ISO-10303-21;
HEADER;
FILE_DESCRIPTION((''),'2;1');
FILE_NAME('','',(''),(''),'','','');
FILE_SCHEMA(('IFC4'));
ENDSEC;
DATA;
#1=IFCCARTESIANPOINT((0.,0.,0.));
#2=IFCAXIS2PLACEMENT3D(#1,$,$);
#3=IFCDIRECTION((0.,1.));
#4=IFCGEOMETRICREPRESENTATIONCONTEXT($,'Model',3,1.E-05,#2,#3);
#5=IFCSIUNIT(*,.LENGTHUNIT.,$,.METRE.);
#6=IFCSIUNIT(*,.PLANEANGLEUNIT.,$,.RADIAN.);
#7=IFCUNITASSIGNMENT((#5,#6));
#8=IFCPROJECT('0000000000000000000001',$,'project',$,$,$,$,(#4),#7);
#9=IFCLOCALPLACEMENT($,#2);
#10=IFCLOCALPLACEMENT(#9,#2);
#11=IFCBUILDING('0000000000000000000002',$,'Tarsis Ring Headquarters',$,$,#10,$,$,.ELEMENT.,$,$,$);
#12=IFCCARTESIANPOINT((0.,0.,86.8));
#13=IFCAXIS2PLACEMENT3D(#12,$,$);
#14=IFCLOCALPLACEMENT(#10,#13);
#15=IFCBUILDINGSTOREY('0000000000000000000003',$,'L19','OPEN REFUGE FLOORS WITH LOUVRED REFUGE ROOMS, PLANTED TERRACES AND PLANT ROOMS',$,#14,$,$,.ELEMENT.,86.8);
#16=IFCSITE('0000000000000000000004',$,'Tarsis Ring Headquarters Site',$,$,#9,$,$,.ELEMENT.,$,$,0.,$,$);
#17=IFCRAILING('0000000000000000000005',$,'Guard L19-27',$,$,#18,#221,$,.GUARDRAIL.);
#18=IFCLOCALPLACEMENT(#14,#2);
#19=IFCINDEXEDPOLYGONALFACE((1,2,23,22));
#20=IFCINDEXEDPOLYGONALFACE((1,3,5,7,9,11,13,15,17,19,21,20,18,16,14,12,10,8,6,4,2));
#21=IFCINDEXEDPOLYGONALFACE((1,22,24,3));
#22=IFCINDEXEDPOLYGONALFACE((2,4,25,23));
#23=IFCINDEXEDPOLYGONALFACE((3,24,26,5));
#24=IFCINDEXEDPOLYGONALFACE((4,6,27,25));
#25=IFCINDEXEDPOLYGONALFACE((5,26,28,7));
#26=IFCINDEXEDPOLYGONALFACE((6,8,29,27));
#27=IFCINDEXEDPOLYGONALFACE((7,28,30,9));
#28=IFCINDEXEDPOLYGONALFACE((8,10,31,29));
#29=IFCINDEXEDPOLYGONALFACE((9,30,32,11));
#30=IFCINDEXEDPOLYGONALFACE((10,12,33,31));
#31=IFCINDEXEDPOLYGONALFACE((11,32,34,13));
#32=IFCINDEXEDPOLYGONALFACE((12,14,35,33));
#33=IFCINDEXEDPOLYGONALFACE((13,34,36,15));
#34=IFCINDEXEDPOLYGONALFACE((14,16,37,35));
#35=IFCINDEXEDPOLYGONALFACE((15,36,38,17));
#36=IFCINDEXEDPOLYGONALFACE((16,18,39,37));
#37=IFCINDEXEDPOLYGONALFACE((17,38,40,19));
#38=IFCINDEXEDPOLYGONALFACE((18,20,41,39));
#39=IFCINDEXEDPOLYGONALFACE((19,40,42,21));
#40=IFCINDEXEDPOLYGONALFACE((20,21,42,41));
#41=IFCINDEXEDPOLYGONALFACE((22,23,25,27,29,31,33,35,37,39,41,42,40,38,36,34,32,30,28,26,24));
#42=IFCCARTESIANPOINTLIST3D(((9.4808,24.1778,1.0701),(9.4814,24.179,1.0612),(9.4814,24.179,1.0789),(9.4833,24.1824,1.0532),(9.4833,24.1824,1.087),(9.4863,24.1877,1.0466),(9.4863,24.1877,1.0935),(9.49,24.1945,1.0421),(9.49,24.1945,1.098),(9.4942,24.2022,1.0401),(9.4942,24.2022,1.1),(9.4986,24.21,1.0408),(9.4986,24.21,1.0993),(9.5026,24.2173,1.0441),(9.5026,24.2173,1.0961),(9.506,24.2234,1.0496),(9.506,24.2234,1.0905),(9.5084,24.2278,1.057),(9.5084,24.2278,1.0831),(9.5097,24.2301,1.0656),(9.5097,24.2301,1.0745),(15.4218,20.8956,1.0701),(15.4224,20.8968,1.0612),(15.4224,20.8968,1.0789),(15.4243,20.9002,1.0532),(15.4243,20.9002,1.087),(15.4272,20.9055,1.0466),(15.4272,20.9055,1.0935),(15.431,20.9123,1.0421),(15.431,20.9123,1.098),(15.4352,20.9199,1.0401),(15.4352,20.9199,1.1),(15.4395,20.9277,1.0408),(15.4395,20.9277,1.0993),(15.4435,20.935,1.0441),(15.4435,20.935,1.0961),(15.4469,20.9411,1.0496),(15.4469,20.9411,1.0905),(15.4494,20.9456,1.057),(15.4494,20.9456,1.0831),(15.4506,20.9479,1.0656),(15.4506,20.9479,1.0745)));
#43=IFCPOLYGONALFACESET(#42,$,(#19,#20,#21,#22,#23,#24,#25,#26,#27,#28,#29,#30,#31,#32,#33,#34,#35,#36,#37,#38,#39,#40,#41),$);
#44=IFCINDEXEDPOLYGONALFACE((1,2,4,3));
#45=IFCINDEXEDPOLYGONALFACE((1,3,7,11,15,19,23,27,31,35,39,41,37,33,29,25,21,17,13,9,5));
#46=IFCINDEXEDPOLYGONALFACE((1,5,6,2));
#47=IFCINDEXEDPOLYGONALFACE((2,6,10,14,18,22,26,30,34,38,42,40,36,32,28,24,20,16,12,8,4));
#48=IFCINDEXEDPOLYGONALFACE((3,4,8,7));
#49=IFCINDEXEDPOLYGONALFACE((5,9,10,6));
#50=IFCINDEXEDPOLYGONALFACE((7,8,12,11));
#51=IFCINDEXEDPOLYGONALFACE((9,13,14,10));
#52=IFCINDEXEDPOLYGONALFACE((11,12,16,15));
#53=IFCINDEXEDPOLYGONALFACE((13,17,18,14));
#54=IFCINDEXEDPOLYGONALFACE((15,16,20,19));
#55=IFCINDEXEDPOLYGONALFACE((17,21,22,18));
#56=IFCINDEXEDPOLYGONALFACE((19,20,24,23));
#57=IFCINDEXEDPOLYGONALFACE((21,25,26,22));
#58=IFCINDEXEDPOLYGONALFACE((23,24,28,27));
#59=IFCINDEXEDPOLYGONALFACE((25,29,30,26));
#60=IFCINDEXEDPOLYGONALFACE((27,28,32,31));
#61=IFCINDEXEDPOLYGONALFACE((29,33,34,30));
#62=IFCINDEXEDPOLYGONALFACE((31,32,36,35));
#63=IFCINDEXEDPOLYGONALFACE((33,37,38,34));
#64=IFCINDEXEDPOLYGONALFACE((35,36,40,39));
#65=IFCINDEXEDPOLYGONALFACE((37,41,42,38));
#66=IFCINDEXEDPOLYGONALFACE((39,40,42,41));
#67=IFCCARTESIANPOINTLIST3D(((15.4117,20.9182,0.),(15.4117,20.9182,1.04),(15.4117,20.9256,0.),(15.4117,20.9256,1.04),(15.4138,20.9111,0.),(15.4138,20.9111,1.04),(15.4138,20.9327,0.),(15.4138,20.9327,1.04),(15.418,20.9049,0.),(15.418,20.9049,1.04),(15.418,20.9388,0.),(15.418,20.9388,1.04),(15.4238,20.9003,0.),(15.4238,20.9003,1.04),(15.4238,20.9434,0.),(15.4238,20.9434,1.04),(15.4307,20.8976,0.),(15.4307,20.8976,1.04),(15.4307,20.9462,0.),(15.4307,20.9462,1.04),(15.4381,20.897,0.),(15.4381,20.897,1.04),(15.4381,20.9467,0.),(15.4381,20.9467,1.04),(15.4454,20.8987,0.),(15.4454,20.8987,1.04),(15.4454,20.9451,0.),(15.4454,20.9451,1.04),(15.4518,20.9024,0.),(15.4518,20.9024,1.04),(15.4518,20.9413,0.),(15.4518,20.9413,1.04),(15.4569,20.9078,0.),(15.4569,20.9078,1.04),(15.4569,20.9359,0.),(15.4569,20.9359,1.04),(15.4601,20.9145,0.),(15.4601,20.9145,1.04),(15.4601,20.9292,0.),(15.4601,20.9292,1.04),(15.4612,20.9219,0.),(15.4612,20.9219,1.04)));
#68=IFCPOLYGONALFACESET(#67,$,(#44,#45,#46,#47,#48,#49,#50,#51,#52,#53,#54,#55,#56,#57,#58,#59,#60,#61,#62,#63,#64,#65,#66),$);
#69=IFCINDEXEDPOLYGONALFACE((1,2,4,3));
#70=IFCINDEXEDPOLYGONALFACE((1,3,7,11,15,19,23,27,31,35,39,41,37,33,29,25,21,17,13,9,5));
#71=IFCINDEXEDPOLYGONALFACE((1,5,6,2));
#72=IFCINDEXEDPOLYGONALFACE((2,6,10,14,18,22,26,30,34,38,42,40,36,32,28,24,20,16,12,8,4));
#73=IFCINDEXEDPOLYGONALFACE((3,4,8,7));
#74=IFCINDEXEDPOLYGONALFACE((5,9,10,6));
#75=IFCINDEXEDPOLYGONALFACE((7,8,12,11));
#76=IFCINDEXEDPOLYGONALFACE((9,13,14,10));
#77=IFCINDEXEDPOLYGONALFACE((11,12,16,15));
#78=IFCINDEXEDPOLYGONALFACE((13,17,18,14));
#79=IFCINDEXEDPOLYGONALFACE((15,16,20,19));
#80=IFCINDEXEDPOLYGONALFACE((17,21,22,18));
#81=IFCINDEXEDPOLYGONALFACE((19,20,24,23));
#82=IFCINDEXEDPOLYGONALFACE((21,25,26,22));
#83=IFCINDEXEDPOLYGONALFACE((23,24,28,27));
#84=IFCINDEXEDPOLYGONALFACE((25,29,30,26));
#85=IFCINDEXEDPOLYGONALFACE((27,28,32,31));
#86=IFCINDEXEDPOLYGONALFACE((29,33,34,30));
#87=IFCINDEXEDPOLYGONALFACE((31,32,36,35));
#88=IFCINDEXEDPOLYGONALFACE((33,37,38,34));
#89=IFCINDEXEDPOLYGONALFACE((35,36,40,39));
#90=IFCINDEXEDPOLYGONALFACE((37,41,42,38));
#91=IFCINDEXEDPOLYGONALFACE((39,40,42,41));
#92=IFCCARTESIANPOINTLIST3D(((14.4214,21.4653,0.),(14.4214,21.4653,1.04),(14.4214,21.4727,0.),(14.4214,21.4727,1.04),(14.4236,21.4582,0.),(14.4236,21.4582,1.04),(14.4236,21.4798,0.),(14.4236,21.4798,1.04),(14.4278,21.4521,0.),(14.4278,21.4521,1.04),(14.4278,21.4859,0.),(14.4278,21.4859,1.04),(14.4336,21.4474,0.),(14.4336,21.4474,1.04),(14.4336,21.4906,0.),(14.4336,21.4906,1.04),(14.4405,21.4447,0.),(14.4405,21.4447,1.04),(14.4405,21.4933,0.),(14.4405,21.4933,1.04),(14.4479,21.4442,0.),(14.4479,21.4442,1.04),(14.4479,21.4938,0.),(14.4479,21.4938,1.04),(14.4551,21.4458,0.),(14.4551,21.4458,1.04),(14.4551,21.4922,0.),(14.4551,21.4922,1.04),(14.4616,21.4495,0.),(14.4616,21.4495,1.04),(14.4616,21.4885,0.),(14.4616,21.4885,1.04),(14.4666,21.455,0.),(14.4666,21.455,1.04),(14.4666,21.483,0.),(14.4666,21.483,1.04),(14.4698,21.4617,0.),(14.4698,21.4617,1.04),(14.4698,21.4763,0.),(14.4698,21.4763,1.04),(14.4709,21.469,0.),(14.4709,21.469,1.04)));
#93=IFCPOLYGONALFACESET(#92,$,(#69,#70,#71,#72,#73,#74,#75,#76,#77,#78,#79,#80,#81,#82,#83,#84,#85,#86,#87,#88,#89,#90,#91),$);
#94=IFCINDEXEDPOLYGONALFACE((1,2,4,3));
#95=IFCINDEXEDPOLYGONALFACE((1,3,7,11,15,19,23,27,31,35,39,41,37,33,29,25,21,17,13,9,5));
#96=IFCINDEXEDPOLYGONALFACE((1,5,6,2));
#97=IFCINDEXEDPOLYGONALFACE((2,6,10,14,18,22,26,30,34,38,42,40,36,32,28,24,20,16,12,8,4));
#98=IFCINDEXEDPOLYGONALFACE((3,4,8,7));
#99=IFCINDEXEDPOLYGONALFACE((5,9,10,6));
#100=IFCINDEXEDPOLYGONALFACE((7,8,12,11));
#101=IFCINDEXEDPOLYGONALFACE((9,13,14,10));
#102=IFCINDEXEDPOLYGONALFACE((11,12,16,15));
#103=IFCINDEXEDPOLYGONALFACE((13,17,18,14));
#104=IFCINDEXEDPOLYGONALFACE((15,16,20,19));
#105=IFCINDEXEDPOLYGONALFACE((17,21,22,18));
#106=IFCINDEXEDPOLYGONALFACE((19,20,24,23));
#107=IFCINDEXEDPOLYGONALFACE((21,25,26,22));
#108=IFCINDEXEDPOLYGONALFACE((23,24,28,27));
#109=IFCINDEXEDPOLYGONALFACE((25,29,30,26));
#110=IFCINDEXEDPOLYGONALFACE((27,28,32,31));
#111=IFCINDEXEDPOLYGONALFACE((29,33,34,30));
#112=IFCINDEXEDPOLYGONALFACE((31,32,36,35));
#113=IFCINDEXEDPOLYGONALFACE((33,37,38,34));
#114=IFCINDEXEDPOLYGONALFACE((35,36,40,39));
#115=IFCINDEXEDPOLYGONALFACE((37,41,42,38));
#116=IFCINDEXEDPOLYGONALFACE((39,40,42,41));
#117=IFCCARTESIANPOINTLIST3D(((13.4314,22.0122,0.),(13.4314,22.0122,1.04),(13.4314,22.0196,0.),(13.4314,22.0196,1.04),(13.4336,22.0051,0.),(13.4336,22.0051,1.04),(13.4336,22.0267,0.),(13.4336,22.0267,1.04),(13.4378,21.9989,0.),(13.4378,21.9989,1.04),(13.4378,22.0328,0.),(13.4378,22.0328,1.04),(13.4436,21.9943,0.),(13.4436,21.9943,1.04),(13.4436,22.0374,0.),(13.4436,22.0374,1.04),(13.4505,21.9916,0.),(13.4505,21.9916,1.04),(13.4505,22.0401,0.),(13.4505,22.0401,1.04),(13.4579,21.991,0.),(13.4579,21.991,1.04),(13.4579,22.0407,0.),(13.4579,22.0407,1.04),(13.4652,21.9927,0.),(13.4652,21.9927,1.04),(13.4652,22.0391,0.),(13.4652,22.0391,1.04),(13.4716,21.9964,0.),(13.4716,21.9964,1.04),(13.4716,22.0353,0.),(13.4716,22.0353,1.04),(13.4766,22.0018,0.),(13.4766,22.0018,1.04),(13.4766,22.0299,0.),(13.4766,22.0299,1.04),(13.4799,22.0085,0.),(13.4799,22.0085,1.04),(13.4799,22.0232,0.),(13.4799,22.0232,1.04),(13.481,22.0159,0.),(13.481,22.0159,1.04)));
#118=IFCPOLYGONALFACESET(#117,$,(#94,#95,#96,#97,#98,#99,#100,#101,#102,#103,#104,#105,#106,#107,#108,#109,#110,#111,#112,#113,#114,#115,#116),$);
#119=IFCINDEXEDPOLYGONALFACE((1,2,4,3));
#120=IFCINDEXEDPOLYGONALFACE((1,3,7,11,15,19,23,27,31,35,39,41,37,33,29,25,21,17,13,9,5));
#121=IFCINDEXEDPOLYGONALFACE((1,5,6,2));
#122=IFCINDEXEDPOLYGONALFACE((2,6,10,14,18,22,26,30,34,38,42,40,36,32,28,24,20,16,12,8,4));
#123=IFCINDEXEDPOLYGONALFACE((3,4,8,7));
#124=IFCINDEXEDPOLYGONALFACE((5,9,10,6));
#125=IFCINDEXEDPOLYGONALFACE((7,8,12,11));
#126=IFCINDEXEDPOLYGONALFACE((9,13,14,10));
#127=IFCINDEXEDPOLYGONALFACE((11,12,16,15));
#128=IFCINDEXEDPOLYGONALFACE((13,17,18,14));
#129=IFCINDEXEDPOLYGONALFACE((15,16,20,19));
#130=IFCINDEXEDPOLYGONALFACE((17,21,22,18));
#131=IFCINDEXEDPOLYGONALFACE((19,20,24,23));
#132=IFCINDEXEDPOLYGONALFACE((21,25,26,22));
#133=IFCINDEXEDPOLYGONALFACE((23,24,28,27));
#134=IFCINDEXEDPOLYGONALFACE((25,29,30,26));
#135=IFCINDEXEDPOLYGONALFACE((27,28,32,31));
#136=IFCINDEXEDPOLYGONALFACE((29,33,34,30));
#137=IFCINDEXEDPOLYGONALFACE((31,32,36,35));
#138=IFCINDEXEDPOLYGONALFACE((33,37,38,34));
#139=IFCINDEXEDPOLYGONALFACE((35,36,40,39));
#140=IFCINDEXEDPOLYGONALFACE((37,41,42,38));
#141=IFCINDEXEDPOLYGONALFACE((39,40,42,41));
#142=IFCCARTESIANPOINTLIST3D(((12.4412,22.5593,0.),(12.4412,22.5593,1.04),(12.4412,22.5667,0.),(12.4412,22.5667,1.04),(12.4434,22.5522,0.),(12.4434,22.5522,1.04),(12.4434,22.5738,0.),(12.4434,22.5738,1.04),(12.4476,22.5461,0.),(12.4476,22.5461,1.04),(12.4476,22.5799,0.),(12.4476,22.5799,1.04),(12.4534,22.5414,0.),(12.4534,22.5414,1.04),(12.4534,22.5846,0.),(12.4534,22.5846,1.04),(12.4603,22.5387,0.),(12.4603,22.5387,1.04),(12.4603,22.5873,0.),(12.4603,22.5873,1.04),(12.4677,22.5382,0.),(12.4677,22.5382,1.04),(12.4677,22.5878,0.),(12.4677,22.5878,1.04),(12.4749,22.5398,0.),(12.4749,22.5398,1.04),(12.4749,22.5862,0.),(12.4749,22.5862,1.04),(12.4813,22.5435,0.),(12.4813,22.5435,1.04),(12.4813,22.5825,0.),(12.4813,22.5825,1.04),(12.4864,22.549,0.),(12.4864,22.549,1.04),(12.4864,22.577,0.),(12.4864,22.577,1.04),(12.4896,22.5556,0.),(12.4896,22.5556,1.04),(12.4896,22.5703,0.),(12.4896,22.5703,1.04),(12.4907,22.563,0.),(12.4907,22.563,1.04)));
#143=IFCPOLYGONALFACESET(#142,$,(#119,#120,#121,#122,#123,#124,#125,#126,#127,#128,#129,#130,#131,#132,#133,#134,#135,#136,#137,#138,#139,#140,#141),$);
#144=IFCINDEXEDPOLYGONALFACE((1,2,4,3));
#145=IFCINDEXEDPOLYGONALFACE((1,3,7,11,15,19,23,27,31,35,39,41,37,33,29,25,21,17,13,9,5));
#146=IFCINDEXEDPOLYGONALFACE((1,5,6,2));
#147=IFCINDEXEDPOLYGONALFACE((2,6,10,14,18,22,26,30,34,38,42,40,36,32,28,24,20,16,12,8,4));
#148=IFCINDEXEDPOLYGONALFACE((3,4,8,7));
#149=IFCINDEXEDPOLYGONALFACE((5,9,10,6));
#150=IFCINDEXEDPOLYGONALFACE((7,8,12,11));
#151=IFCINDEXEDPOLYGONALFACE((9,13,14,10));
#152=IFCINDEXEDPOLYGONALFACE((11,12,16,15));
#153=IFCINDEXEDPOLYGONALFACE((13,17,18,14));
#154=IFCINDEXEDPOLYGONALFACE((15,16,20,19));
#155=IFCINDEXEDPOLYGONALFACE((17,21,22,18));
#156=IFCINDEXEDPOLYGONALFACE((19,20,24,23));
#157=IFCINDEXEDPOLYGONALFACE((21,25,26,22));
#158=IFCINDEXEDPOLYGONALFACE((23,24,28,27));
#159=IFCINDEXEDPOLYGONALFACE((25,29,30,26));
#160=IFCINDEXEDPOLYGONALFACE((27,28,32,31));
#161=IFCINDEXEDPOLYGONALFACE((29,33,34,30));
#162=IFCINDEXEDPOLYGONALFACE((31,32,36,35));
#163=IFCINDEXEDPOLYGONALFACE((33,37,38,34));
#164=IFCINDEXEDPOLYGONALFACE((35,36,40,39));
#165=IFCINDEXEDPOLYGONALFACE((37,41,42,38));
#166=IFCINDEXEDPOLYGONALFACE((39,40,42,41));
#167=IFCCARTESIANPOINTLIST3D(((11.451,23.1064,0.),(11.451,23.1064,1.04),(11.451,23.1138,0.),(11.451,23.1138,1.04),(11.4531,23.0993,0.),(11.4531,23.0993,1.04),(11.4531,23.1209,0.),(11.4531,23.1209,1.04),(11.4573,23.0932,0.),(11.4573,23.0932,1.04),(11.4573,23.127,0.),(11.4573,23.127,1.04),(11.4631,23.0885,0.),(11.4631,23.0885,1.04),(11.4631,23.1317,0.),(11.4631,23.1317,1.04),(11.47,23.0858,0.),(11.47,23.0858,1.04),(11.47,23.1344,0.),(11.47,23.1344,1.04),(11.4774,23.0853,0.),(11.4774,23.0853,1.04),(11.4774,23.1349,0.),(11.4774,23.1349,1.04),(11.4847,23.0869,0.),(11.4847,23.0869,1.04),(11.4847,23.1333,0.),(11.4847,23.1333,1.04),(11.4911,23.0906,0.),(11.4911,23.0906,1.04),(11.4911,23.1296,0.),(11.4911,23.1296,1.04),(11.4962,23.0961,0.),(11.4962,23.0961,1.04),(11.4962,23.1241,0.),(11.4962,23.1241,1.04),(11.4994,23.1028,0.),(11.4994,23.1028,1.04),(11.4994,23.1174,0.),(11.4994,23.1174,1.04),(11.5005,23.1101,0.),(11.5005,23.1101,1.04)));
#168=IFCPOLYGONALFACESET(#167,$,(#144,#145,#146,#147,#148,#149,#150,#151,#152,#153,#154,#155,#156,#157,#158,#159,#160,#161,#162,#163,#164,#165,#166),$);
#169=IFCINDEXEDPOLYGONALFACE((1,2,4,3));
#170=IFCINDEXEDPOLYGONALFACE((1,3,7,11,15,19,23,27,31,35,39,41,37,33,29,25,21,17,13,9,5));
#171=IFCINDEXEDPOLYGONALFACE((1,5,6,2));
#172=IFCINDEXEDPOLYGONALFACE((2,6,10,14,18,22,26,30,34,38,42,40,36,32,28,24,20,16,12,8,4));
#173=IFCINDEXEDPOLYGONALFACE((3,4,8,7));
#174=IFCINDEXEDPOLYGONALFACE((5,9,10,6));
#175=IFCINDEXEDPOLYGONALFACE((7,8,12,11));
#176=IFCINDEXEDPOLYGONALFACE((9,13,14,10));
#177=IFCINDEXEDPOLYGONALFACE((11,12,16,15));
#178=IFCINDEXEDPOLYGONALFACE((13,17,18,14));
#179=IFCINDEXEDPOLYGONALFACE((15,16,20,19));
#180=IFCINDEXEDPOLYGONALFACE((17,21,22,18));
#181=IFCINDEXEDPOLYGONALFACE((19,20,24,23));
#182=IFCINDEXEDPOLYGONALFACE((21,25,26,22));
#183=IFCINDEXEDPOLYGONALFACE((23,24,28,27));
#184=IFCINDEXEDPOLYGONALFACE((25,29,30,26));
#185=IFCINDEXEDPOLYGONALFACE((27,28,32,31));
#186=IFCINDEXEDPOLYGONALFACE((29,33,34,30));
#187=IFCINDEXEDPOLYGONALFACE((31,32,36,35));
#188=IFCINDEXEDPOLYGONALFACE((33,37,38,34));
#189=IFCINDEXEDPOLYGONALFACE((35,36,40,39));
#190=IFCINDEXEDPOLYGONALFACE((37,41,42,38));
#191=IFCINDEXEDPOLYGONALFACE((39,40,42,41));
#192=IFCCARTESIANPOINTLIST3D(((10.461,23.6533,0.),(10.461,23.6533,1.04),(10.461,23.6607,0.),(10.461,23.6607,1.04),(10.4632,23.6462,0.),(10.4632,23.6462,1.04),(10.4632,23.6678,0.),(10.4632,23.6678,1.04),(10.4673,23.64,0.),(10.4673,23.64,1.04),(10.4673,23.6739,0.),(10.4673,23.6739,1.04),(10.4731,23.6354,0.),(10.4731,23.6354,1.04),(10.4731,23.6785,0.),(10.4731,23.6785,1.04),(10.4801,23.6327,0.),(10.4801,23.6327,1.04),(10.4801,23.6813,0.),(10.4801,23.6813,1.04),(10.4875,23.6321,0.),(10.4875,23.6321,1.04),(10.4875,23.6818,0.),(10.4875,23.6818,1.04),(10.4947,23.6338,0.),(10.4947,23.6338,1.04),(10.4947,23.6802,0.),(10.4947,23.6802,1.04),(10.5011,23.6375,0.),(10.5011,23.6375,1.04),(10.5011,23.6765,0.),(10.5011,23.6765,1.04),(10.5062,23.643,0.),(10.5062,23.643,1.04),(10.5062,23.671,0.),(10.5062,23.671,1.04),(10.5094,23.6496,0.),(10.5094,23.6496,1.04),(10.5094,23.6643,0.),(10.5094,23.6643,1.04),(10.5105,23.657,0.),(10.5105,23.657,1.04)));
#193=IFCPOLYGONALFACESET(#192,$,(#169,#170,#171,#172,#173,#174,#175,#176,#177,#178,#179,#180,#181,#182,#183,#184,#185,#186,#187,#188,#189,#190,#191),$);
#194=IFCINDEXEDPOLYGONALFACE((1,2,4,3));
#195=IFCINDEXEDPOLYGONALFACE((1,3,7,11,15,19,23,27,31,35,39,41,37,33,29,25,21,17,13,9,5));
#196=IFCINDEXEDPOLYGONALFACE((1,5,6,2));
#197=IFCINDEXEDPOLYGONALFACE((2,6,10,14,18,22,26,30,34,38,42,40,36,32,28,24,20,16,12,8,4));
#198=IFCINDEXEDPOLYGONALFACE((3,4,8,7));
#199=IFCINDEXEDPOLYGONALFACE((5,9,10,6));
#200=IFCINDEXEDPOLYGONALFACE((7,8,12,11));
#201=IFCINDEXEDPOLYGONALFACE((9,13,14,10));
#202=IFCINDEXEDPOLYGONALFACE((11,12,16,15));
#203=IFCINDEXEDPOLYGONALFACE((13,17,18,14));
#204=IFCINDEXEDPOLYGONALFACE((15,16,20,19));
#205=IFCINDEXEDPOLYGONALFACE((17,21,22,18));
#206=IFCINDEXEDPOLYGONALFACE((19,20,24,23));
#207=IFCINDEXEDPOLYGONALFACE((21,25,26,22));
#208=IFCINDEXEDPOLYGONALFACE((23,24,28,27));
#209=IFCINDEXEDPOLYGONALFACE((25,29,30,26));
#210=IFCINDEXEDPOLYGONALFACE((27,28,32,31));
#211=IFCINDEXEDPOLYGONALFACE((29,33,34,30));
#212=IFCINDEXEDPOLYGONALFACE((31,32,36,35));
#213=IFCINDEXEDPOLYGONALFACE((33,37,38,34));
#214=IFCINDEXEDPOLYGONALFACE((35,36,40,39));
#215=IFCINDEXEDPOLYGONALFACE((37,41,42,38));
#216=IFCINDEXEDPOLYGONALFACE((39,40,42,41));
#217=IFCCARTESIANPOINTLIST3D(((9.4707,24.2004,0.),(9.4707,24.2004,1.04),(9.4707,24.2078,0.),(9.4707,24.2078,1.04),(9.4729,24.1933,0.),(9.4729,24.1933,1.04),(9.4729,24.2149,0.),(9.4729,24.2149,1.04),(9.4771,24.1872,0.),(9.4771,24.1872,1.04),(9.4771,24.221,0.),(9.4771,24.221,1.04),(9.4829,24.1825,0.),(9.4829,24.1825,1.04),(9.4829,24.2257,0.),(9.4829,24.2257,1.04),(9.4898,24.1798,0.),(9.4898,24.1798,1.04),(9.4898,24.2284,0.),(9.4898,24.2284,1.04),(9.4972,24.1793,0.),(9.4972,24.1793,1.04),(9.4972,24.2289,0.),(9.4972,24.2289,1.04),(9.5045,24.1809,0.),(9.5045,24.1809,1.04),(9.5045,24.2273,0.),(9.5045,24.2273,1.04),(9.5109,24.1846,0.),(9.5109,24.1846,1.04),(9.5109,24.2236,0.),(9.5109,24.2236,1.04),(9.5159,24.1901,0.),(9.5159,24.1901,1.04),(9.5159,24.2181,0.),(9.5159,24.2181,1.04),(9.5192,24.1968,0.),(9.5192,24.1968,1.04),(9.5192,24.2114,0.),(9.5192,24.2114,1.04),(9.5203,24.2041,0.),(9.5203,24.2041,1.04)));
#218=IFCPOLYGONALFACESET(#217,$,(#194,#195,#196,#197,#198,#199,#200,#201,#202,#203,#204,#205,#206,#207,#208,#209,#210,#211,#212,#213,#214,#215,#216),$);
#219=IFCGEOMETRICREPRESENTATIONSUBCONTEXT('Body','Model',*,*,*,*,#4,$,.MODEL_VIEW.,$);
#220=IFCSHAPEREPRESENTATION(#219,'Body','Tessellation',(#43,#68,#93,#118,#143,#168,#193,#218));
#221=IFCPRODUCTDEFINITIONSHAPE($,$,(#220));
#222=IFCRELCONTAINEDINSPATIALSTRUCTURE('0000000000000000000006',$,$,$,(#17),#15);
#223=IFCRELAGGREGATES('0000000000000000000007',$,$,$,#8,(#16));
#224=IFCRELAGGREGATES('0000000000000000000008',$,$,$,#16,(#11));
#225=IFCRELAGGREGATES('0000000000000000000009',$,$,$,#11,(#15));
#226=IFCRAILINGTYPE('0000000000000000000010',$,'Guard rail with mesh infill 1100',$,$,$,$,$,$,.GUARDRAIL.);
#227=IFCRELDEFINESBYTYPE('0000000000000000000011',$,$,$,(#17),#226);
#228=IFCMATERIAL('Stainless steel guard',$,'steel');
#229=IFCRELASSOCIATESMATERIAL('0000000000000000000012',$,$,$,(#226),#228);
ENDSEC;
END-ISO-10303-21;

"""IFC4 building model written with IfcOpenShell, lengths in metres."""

from ifc_helpers import new_model, si_unit, direction, frame, origin, origin_2d, place, context, subcontext, project, spatial, circle, extrude, material, type_object, element, save


model = new_model("IFC4")

# Units and contexts
model_context = context("Model", 3, precision=1e-05, world=origin(), true_north=direction((0.0, 1.0)))
body_context = subcontext(model_context, "Body", "Model", "MODEL_VIEW")
ifc_project = project(units=[si_unit("LENGTHUNIT", "METRE"), si_unit("PLANEANGLEUNIT", "RADIAN")], contexts=[model_context])

# Site, building, storey
site_placement = place(None, origin())
site = spatial("IfcSite", under=ifc_project, at=site_placement, Name="Tarsis Ring Headquarters Site", CompositionType="ELEMENT", RefElevation=0.0)
building_placement = place(site_placement, origin())
building = spatial("IfcBuilding", under=site, at=building_placement, Name="Tarsis Ring Headquarters", CompositionType="ELEMENT")
storey_placement = place(building_placement, frame((0.0, 0.0, 86.8)))
storey = spatial("IfcBuildingStorey", under=building, at=storey_placement, Name="L19", Description="OPEN REFUGE FLOORS WITH LOUVRED REFUGE ROOMS, PLANTED TERRACES AND PLANT ROOMS", CompositionType="ELEMENT", Elevation=86.8)

# Railing
ifc_material_1 = material(Name="Stainless steel guard", Category="steel")
railing_type = type_object("IfcRailingType", Name="Guard rail with mesh infill 1100", PredefinedType="GUARDRAIL", material=ifc_material_1)
railing_1_placement = place(storey_placement, frame((15.4363, 20.9219, 0.0)))
element("IfcRailing", 1, at=railing_1_placement, inside=storey, type_object=railing_type, Name="Guard L19-27", PredefinedType="GUARDRAIL", context=body_context, shape_type="SweptSolid", body=[
    extrude(circle(Radius=0.03, at=origin_2d()), frame((0.0, 0.0, 1.0701), z_axis=(-0.875298, 0.483583, 0.0), x_axis=(-0.483583, -0.875298, 0.0)), (0.0, 0.0, 1.0), 6.7874),
    extrude(circle(Radius=0.0249, at=origin_2d()), origin(), (0.0, 0.0, 1.0), 1.04),
    extrude(circle(Radius=0.0249, at=origin_2d()), frame((-0.9902, 0.5471, 0.0)), (0.0, 0.0, 1.0), 1.04),
    extrude(circle(Radius=0.0249, at=origin_2d()), frame((-1.9802, 1.094, 0.0)), (0.0, 0.0, 1.0), 1.04),
    extrude(circle(Radius=0.0249, at=origin_2d()), frame((-2.9705, 1.6411, 0.0)), (0.0, 0.0, 1.0), 1.04),
    extrude(circle(Radius=0.0249, at=origin_2d()), frame((-3.9607, 2.1882, 0.0)), (0.0, 0.0, 1.0), 1.04),
    extrude(circle(Radius=0.0249, at=origin_2d()), frame((-4.9507, 2.7351, 0.0)), (0.0, 0.0, 1.0), 1.04),
    extrude(circle(Radius=0.0249, at=origin_2d()), frame((-5.9409, 3.2822, 0.0)), (0.0, 0.0, 1.0), 1.04),
])

save(model, "model.ifc")
